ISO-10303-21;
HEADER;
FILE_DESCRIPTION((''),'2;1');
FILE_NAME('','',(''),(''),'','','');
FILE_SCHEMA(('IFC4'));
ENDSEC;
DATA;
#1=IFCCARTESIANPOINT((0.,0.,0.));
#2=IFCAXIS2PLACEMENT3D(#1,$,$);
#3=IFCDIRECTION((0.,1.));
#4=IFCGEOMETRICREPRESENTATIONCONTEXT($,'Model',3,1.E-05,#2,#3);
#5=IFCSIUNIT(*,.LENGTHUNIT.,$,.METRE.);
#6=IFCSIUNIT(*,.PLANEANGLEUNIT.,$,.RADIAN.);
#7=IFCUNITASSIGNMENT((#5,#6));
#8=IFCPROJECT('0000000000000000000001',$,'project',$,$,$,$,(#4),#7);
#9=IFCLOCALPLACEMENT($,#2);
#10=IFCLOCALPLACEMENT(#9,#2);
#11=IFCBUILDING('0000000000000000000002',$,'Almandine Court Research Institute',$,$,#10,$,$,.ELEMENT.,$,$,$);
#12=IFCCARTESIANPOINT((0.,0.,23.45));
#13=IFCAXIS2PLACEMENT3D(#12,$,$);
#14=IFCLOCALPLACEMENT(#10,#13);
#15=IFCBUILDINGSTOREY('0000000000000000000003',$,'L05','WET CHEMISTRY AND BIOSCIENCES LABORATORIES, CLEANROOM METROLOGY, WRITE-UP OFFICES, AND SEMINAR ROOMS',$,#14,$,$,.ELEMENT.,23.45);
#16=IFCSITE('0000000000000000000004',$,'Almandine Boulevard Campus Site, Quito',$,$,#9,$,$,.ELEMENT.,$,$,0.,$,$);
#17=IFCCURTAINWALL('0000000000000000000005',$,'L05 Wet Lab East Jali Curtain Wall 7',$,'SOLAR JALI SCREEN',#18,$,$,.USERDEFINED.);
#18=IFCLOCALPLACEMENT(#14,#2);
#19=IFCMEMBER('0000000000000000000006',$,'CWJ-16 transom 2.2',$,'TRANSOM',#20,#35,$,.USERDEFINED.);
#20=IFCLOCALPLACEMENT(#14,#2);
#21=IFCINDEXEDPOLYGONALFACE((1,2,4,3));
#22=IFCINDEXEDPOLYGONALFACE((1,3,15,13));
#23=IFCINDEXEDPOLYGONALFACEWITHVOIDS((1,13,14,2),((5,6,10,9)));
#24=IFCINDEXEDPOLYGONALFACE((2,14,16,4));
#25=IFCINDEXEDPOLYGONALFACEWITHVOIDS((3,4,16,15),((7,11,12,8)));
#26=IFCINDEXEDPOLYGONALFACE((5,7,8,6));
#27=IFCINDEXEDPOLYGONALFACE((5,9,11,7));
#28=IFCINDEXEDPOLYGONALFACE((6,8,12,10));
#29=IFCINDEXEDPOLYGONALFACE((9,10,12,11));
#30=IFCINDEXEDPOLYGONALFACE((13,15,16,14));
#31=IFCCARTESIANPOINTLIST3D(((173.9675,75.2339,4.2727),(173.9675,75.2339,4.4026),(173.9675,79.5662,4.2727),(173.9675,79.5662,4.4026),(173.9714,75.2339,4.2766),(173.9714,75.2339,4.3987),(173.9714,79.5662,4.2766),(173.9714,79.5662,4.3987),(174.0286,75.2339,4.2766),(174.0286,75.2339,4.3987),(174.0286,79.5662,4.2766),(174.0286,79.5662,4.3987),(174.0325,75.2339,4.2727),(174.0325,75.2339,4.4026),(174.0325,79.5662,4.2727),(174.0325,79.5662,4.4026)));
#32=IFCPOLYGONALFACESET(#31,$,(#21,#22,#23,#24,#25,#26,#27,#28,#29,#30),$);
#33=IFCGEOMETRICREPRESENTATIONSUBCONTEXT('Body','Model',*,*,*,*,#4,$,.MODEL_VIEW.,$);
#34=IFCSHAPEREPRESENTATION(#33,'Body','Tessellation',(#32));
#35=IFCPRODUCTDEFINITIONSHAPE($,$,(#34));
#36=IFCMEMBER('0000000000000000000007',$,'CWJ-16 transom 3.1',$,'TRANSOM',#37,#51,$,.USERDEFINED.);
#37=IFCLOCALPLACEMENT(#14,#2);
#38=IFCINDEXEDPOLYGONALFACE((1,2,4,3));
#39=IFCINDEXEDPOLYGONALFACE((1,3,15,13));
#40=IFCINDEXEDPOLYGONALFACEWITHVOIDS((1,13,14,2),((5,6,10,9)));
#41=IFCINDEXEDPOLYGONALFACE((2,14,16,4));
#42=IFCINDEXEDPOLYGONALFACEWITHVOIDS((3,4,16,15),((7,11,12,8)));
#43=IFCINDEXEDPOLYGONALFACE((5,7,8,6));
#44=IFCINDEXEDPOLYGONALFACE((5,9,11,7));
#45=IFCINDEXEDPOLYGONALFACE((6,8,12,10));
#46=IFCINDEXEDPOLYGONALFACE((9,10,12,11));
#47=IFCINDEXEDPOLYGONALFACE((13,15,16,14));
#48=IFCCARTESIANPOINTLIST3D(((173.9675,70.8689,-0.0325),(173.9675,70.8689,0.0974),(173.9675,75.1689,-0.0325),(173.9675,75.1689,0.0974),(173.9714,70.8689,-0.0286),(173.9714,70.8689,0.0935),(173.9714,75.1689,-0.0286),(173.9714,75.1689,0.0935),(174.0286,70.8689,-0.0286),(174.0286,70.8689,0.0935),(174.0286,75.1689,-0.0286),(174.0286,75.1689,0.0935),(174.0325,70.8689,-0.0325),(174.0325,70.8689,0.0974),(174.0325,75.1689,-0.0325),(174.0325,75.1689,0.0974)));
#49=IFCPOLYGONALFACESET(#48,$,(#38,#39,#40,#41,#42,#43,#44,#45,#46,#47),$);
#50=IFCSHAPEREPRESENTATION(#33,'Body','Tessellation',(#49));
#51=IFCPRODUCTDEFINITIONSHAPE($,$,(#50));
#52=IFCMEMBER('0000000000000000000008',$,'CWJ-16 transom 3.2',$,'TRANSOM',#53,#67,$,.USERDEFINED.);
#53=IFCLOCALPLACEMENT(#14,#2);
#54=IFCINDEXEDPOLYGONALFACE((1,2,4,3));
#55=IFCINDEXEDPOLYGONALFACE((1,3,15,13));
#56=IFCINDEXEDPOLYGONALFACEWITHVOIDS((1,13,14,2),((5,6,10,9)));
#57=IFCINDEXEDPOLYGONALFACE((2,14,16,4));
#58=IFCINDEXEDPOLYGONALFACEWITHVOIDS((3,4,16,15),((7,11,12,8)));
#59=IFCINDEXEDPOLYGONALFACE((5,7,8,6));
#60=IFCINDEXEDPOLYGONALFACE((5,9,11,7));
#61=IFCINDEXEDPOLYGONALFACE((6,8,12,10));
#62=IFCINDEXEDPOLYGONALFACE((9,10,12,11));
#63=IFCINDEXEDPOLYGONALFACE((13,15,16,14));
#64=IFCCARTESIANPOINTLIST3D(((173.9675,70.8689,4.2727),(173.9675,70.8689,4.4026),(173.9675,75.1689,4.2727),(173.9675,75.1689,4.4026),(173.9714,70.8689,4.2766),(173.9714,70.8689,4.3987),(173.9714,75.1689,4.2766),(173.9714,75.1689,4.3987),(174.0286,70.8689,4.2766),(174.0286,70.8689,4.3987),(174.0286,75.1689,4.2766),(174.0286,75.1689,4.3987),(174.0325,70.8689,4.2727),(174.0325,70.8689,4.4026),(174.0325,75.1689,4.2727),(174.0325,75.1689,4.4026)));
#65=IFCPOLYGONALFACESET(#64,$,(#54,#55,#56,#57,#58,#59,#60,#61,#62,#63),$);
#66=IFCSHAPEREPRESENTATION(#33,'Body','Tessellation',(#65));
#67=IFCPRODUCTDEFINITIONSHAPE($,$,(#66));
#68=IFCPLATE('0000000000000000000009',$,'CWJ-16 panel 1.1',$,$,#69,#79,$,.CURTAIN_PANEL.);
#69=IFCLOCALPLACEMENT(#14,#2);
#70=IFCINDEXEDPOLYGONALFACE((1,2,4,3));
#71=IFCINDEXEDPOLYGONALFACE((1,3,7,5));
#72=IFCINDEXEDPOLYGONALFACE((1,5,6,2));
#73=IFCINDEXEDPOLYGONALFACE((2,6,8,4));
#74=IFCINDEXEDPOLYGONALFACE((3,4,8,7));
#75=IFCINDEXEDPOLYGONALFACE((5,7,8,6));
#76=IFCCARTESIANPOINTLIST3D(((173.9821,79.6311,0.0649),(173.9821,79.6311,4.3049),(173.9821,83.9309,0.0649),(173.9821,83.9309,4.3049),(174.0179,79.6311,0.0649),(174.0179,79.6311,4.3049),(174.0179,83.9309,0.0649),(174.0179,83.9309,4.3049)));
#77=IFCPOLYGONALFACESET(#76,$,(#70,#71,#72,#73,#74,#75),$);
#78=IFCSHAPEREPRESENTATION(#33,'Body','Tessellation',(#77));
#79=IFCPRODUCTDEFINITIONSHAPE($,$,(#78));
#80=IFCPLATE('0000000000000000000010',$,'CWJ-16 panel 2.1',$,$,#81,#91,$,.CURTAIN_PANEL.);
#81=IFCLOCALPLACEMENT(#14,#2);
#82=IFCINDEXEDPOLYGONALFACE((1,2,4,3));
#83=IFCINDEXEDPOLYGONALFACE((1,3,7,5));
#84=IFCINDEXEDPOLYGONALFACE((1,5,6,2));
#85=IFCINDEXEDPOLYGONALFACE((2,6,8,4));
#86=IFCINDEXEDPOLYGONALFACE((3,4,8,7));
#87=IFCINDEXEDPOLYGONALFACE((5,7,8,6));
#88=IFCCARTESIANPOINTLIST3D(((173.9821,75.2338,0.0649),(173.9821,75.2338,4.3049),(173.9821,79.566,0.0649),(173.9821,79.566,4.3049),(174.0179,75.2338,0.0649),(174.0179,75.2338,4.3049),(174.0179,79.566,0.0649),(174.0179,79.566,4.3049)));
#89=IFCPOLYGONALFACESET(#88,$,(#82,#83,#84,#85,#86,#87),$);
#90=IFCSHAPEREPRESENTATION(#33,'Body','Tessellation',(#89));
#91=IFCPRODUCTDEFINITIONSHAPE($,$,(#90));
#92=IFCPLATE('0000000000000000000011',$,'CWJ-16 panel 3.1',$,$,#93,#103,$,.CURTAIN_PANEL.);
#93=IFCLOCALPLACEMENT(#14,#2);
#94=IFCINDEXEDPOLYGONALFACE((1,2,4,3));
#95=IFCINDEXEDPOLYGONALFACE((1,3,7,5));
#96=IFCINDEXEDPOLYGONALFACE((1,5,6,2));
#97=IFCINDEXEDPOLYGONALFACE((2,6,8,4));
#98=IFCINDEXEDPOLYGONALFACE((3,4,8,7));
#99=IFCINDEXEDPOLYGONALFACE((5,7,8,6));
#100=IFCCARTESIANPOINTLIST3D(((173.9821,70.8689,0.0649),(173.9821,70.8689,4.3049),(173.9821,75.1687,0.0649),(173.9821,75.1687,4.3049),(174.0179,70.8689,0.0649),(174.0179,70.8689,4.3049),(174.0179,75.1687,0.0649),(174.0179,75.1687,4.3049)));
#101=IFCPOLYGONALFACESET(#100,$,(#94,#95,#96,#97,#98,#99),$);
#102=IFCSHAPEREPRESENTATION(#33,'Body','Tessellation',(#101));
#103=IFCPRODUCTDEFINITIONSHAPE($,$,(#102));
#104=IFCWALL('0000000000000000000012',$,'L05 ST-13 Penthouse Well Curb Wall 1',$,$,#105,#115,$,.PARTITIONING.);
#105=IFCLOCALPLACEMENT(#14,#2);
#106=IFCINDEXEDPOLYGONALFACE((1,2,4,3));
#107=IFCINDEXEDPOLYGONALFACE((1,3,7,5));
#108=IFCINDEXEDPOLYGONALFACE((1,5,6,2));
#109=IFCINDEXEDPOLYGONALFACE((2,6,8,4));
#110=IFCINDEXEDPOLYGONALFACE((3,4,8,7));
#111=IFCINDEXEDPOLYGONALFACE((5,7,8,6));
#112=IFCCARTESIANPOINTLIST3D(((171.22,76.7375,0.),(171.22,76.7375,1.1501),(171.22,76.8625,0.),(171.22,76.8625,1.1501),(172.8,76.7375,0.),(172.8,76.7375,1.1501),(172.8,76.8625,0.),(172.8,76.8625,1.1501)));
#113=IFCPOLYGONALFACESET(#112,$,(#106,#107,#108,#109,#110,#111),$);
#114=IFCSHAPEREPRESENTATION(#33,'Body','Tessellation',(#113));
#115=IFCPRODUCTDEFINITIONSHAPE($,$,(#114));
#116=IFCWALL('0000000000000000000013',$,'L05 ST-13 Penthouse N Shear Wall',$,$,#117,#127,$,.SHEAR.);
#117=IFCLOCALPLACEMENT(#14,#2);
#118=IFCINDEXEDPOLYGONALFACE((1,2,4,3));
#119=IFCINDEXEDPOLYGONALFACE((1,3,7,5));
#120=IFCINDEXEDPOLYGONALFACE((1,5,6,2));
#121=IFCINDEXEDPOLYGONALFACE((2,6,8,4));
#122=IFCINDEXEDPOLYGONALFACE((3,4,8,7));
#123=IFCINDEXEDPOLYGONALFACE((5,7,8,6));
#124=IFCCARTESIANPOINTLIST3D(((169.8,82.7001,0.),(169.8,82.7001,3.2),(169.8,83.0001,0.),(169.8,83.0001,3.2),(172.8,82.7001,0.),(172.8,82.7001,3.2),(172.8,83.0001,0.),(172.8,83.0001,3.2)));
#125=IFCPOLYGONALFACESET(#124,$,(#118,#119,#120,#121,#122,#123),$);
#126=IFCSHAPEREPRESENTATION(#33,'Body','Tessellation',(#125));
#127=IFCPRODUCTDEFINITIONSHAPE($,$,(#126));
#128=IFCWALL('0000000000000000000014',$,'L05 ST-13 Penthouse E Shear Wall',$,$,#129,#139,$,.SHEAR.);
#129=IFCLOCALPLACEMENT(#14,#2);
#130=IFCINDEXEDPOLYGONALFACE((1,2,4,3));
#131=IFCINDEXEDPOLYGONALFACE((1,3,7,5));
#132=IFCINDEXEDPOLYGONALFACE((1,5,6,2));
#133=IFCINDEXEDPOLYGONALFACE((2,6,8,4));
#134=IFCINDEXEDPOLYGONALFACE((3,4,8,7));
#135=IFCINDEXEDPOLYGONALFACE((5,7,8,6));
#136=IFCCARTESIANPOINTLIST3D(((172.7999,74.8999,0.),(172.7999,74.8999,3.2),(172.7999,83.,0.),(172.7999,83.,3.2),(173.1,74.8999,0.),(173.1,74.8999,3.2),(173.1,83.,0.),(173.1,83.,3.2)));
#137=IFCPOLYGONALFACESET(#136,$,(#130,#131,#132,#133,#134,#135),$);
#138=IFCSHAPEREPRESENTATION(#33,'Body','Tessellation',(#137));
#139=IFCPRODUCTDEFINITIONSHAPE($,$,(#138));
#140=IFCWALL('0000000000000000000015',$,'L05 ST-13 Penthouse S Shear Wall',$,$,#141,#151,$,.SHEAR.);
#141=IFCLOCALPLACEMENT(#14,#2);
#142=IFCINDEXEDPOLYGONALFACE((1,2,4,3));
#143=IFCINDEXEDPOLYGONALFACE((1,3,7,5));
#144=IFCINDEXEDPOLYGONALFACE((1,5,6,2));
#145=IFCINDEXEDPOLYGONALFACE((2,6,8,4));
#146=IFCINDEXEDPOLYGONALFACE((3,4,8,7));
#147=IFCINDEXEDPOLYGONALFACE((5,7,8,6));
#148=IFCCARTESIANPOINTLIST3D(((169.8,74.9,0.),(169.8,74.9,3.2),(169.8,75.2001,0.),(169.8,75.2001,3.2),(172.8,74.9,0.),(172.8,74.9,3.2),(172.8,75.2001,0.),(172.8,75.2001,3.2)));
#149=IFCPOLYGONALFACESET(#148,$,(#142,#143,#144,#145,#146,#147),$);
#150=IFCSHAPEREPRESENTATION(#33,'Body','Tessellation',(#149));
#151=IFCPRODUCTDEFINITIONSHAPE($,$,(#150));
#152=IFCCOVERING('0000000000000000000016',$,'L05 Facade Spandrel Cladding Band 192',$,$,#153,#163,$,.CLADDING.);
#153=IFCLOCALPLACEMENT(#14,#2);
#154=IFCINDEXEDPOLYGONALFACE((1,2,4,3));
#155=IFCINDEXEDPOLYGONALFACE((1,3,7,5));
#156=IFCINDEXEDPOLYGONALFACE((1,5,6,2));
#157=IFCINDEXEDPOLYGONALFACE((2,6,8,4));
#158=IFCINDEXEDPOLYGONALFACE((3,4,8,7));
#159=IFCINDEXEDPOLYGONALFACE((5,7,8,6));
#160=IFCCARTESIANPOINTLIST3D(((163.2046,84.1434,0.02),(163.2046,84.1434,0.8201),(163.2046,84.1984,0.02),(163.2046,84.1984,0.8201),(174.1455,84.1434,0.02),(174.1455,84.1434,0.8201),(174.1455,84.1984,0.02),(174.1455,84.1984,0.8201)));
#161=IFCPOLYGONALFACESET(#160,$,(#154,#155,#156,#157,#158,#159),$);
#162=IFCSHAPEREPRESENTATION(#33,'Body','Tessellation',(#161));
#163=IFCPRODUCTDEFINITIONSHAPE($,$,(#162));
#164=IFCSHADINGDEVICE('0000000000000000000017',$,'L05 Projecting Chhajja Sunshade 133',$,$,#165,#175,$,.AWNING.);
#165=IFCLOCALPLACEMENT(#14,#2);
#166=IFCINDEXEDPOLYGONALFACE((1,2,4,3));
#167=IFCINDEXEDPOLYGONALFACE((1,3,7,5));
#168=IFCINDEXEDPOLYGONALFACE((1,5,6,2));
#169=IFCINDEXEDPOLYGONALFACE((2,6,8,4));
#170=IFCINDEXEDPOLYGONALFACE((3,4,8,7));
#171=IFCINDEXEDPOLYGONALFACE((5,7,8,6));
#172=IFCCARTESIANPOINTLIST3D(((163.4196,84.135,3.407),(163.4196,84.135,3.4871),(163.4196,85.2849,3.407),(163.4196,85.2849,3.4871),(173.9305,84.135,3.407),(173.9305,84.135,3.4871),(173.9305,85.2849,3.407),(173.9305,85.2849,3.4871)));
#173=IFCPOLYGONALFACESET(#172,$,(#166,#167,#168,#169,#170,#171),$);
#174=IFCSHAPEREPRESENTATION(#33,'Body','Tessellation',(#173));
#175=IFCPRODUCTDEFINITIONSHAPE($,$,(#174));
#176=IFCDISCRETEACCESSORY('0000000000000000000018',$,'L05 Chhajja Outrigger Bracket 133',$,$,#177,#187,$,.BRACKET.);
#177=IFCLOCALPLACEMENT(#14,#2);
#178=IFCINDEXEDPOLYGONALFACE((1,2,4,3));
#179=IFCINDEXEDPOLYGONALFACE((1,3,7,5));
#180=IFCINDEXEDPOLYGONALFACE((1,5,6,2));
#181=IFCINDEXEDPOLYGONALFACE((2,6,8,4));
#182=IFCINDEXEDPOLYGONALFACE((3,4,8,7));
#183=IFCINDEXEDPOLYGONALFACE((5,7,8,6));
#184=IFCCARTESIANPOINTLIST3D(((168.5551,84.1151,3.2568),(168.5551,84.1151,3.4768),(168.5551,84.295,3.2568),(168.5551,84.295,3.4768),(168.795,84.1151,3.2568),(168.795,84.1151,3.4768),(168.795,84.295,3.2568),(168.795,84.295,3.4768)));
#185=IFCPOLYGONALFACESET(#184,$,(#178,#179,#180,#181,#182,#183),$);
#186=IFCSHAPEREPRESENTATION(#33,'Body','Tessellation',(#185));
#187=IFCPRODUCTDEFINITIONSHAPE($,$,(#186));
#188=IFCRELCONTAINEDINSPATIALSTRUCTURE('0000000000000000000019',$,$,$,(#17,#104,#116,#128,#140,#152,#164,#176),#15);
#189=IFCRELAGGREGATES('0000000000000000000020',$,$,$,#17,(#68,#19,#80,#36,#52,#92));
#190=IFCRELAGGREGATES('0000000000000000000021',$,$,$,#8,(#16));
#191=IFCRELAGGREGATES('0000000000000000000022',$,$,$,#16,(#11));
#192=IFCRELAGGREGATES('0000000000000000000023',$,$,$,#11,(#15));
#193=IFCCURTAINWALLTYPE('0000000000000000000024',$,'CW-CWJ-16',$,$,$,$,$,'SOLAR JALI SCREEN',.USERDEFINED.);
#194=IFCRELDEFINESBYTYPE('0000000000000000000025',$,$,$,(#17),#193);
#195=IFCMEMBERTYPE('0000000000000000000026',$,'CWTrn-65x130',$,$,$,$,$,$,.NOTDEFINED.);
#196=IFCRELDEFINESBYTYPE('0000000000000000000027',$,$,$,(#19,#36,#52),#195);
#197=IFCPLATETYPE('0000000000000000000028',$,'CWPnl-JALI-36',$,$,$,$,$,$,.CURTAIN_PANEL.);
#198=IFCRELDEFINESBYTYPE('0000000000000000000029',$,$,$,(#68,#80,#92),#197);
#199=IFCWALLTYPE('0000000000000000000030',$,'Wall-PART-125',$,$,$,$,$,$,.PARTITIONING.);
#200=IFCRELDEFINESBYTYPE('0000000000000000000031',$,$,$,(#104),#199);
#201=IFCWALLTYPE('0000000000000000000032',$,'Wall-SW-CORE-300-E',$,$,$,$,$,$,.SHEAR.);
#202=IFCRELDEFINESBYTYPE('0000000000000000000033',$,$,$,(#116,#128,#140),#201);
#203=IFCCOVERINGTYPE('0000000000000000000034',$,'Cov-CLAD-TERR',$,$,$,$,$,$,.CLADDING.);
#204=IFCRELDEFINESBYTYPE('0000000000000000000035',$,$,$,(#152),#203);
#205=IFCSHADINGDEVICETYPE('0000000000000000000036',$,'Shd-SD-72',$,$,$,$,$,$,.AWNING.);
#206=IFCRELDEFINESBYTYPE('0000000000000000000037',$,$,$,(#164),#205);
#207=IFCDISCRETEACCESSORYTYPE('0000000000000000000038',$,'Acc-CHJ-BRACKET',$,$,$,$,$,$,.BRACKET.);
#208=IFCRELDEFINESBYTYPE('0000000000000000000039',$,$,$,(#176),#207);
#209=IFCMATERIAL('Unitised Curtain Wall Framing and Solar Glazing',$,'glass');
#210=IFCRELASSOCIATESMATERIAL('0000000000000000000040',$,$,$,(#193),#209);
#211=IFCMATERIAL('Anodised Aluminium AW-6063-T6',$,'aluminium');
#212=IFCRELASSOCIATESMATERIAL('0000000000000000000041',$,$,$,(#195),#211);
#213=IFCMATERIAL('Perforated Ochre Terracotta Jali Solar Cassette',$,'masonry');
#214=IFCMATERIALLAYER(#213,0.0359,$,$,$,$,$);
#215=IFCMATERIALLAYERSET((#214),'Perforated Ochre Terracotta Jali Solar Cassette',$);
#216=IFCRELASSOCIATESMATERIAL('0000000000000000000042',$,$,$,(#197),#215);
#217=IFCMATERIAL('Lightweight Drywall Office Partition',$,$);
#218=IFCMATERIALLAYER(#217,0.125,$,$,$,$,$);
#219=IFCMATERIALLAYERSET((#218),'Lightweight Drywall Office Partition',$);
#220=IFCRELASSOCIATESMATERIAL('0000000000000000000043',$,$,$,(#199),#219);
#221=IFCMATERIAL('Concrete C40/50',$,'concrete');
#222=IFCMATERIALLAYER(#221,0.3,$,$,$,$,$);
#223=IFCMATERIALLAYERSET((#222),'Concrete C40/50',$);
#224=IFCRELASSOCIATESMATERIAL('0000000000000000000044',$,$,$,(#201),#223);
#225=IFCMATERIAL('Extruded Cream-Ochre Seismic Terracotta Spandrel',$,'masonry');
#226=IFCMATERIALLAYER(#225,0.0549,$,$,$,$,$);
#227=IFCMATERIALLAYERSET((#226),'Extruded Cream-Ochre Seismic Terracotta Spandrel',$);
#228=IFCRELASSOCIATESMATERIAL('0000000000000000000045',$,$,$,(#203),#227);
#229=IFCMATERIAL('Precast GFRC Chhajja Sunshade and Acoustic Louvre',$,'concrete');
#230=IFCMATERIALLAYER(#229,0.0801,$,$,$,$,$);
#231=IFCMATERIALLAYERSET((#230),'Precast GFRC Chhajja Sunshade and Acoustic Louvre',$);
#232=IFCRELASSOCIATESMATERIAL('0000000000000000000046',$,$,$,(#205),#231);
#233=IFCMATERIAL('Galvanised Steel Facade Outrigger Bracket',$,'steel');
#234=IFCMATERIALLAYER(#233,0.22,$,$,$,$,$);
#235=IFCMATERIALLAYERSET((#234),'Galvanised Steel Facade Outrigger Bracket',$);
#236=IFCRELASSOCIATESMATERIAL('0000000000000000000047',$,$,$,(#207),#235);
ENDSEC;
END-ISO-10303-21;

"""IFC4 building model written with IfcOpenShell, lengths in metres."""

from ifc_helpers import new_model, si_unit, direction, frame, frame_2d, origin, origin_2d, place, context, subcontext, project, spatial, rectangle, hollow_rectangle, extrude, material, layer, layer_set, material_profile, profile_set, type_object, element, aggregate, save


model = new_model("IFC4")

# Units and contexts
model_context = context("Model", 3, precision=1e-05, world=origin(), true_north=direction((0.0, 1.0)))
body_context = subcontext(model_context, "Body", "Model", "MODEL_VIEW")
ifc_project = project(units=[si_unit("LENGTHUNIT", "METRE"), si_unit("PLANEANGLEUNIT", "RADIAN")], contexts=[model_context])

# Site, building, storey
site_placement = place(None, origin())
site = spatial("IfcSite", under=ifc_project, at=site_placement, Name="Almandine Boulevard Campus Site, Quito", CompositionType="ELEMENT", RefElevation=0.0)
building_placement = place(site_placement, origin())
building = spatial("IfcBuilding", under=site, at=building_placement, Name="Almandine Court Research Institute", CompositionType="ELEMENT")
storey_placement = place(building_placement, frame((0.0, 0.0, 23.45)))
storey = spatial("IfcBuildingStorey", under=building, at=storey_placement, Name="L05", Description="WET CHEMISTRY AND BIOSCIENCES LABORATORIES, CLEANROOM METROLOGY, WRITE-UP OFFICES, AND SEMINAR ROOMS", CompositionType="ELEMENT", Elevation=23.45)

# Curtain wall, members, plates
ifc_material_1 = material(Name="Unitised Curtain Wall Framing and Solar Glazing", Category="glass")
curtain_wall_type = type_object("IfcCurtainWallType", Name="CW-CWJ-16", ElementType="SOLAR JALI SCREEN", PredefinedType="USERDEFINED", material=ifc_material_1)
curtain_wall_placement = place(storey_placement, origin())
curtain_wall = element("IfcCurtainWall", 1, at=curtain_wall_placement, inside=storey, type_object=curtain_wall_type, Name="L05 Wet Lab East Jali Curtain Wall 7", ObjectType="SOLAR JALI SCREEN", PredefinedType="USERDEFINED")
ifc_material_2 = material(Name="Anodised Aluminium AW-6063-T6", Category="aluminium")
ifc_material_profile_1 = material_profile(ifc_material_2, hollow_rectangle(XDim=0.0649, YDim=0.1299, WallThickness=0.0039, at=origin_2d()), Name="ALU RHS 65x130x4")
ifc_profile_set_1 = profile_set([ifc_material_profile_1], Name="Anodised Aluminium AW-6063-T6")
member_type_1 = type_object("IfcMemberType", Name="CWTrn-65x130", PredefinedType="NOTDEFINED", material=ifc_profile_set_1)
member_1_placement = place(storey_placement, frame((174.0, 79.5662, 4.3376), z_axis=(0.0, -1.0, 0.0), x_axis=(1.0, 0.0, 0.0)))
member_1 = element("IfcMember", 2, at=member_1_placement, type_object=member_type_1, Name="CWJ-16 transom 2.2", ObjectType="TRANSOM", PredefinedType="USERDEFINED", context=body_context, shape_type="SweptSolid", body=[
    extrude(hollow_rectangle(XDim=0.0649, YDim=0.1299, WallThickness=0.0039, at=origin_2d()), origin(), (0.0, 0.0, 1.0), 4.3323),
])
member_2_placement = place(storey_placement, frame((174.0, 75.1689, 0.0325), z_axis=(0.0, -1.0, 0.0), x_axis=(1.0, 0.0, 0.0)))
member_2 = element("IfcMember", 3, at=member_2_placement, type_object=member_type_1, Name="CWJ-16 transom 3.1", ObjectType="TRANSOM", PredefinedType="USERDEFINED", context=body_context, shape_type="SweptSolid", body=[
    extrude(hollow_rectangle(XDim=0.0649, YDim=0.1299, WallThickness=0.0039, at=origin_2d()), origin(), (0.0, 0.0, 1.0), 4.3),
])
member_3_placement = place(storey_placement, frame((174.0, 75.1689, 4.3376), z_axis=(0.0, -1.0, 0.0), x_axis=(1.0, 0.0, 0.0)))
member_3 = element("IfcMember", 4, at=member_3_placement, type_object=member_type_1, Name="CWJ-16 transom 3.2", ObjectType="TRANSOM", PredefinedType="USERDEFINED", context=body_context, shape_type="SweptSolid", body=[
    extrude(hollow_rectangle(XDim=0.0649, YDim=0.1299, WallThickness=0.0039, at=origin_2d()), origin(), (0.0, 0.0, 1.0), 4.3),
])
ifc_material_3 = material(Name="Perforated Ochre Terracotta Jali Solar Cassette", Category="masonry")
ifc_layer_1 = layer(ifc_material_3, 0.0359)
ifc_layer_set_1 = layer_set([ifc_layer_1], Name="Perforated Ochre Terracotta Jali Solar Cassette")
plate_type = type_object("IfcPlateType", Name="CWPnl-JALI-36", PredefinedType="CURTAIN_PANEL", material=ifc_layer_set_1)
plate_1_placement = place(storey_placement, frame((174.0, 81.781, 0.0649), z_axis=(0.0, 0.0, 1.0), x_axis=(0.0, -1.0, 0.0)))
plate_1 = element("IfcPlate", 5, at=plate_1_placement, type_object=plate_type, Name="CWJ-16 panel 1.1", PredefinedType="CURTAIN_PANEL", context=body_context, shape_type="SweptSolid", body=[
    extrude(rectangle(XDim=4.2998, YDim=0.0359, at=origin_2d()), origin(), (0.0, 0.0, 1.0), 4.24),
])
plate_2_placement = place(storey_placement, frame((174.0, 77.3999, 0.0649), z_axis=(0.0, 0.0, 1.0), x_axis=(0.0, -1.0, 0.0)))
plate_2 = element("IfcPlate", 6, at=plate_2_placement, type_object=plate_type, Name="CWJ-16 panel 2.1", PredefinedType="CURTAIN_PANEL", context=body_context, shape_type="SweptSolid", body=[
    extrude(rectangle(XDim=4.3323, YDim=0.0359, at=origin_2d()), origin(), (0.0, 0.0, 1.0), 4.24),
])
plate_3_placement = place(storey_placement, frame((174.0, 73.0188, 0.0649), z_axis=(0.0, 0.0, 1.0), x_axis=(0.0, -1.0, 0.0)))
plate_3 = element("IfcPlate", 7, at=plate_3_placement, type_object=plate_type, Name="CWJ-16 panel 3.1", PredefinedType="CURTAIN_PANEL", context=body_context, shape_type="SweptSolid", body=[
    extrude(rectangle(XDim=4.2998, YDim=0.0359, at=origin_2d()), origin(), (0.0, 0.0, 1.0), 4.24),
])
aggregate(curtain_wall, [plate_1, member_1, plate_2, member_2, member_3, plate_3])

# Wall
ifc_material_4 = material(Name="Lightweight Drywall Office Partition")
ifc_layer_2 = layer(ifc_material_4, 0.125)
ifc_layer_set_2 = layer_set([ifc_layer_2], Name="Lightweight Drywall Office Partition")
wall_type_1 = type_object("IfcWallType", Name="Wall-PART-125", PredefinedType="PARTITIONING", material=ifc_layer_set_2)
wall_1_placement = place(storey_placement, frame((172.8, 76.8, 0.0), z_axis=(0.0, 0.0, 1.0), x_axis=(-1.0, 0.0, 0.0)))
element("IfcWall", 8, at=wall_1_placement, inside=storey, type_object=wall_type_1, Name="L05 ST-13 Penthouse Well Curb Wall 1", PredefinedType="PARTITIONING", context=body_context, shape_type="SweptSolid", body=[
    extrude(rectangle(XDim=1.5801, YDim=0.125, at=frame_2d((0.79, 0.0))), origin(), (0.0, 0.0, 1.0), 1.1501),
])

# Shared definitions
ifc_material_5 = material(Name="Concrete C40/50", Category="concrete")
ifc_layer_3 = layer(ifc_material_5, 0.3)
ifc_layer_set_3 = layer_set([ifc_layer_3], Name="Concrete C40/50")
wall_type_2 = type_object("IfcWallType", Name="Wall-SW-CORE-300-E", PredefinedType="SHEAR", material=ifc_layer_set_3)

# Walls
wall_2_placement = place(storey_placement, frame((169.8, 82.8501, 0.0), z_axis=(0.0, 0.0, 1.0), x_axis=(1.0, 0.0, 0.0)))
element("IfcWall", 9, at=wall_2_placement, inside=storey, type_object=wall_type_2, Name="L05 ST-13 Penthouse N Shear Wall", PredefinedType="SHEAR", context=body_context, shape_type="SweptSolid", body=[
    extrude(rectangle(XDim=3.0, YDim=0.3, at=frame_2d((1.5, 0.0))), origin(), (0.0, 0.0, 1.0), 3.2),
])
wall_3_placement = place(storey_placement, frame((172.95, 83.0, 0.0), z_axis=(0.0, 0.0, 1.0), x_axis=(0.0, -1.0, 0.0)))
element("IfcWall", 10, at=wall_3_placement, inside=storey, type_object=wall_type_2, Name="L05 ST-13 Penthouse E Shear Wall", PredefinedType="SHEAR", context=body_context, shape_type="SweptSolid", body=[
    extrude(rectangle(XDim=8.1001, YDim=0.3, at=frame_2d((4.05, 0.0))), origin(), (0.0, 0.0, 1.0), 3.2),
])
wall_4_placement = place(storey_placement, frame((172.8, 75.05, 0.0), z_axis=(0.0, 0.0, 1.0), x_axis=(-1.0, 0.0, 0.0)))
element("IfcWall", 11, at=wall_4_placement, inside=storey, type_object=wall_type_2, Name="L05 ST-13 Penthouse S Shear Wall", PredefinedType="SHEAR", context=body_context, shape_type="SweptSolid", body=[
    extrude(rectangle(XDim=3.0, YDim=0.3, at=frame_2d((1.5, 0.0))), origin(), (0.0, 0.0, 1.0), 3.2),
])

# Covering
ifc_material_6 = material(Name="Extruded Cream-Ochre Seismic Terracotta Spandrel", Category="masonry")
ifc_layer_4 = layer(ifc_material_6, 0.0549)
ifc_layer_set_4 = layer_set([ifc_layer_4], Name="Extruded Cream-Ochre Seismic Terracotta Spandrel")
covering_type = type_object("IfcCoveringType", Name="Cov-CLAD-TERR", PredefinedType="CLADDING", material=ifc_layer_set_4)
covering_placement = place(storey_placement, frame((168.675, 84.1709, 0.02), z_axis=(0.0, 0.0, 1.0), x_axis=(1.0, 0.0, 0.0)))
element("IfcCovering", 12, at=covering_placement, inside=storey, type_object=covering_type, Name="L05 Facade Spandrel Cladding Band 192", PredefinedType="CLADDING", context=body_context, shape_type="SweptSolid", body=[
    extrude(rectangle(XDim=10.9409, YDim=0.0549, at=origin_2d()), origin(), (0.0, 0.0, 1.0), 0.8),
])

# Shading device
ifc_material_7 = material(Name="Precast GFRC Chhajja Sunshade and Acoustic Louvre", Category="concrete")
ifc_layer_5 = layer(ifc_material_7, 0.0801)
ifc_layer_set_5 = layer_set([ifc_layer_5], Name="Precast GFRC Chhajja Sunshade and Acoustic Louvre")
shading_device_type = type_object("IfcShadingDeviceType", Name="Shd-SD-72", PredefinedType="AWNING", material=ifc_layer_set_5)
shading_device_placement = place(storey_placement, frame((168.675, 84.71, 3.407), z_axis=(0.0, 0.0, 1.0), x_axis=(1.0, 0.0, 0.0)))
element("IfcShadingDevice", 13, at=shading_device_placement, inside=storey, type_object=shading_device_type, Name="L05 Projecting Chhajja Sunshade 133", PredefinedType="AWNING", context=body_context, shape_type="SweptSolid", body=[
    extrude(rectangle(XDim=10.511, YDim=1.1499, at=origin_2d()), origin(), (0.0, 0.0, 1.0), 0.0801),
])

# Discrete accessory
ifc_material_8 = material(Name="Galvanised Steel Facade Outrigger Bracket", Category="steel")
ifc_layer_6 = layer(ifc_material_8, 0.22)
ifc_layer_set_6 = layer_set([ifc_layer_6], Name="Galvanised Steel Facade Outrigger Bracket")
discrete_accessory_type = type_object("IfcDiscreteAccessoryType", Name="Acc-CHJ-BRACKET", PredefinedType="BRACKET", material=ifc_layer_set_6)
discrete_accessory_placement = place(storey_placement, frame((168.675, 84.2051, 3.2568), z_axis=(0.0, 0.0, 1.0), x_axis=(1.0, 0.0, 0.0)))
element("IfcDiscreteAccessory", 14, at=discrete_accessory_placement, inside=storey, type_object=discrete_accessory_type, Name="L05 Chhajja Outrigger Bracket 133", PredefinedType="BRACKET", context=body_context, shape_type="SweptSolid", body=[
    extrude(rectangle(XDim=0.24, YDim=0.1799, at=origin_2d()), origin(), (0.0, 0.0, 1.0), 0.22),
])

save(model, "model.ifc")
